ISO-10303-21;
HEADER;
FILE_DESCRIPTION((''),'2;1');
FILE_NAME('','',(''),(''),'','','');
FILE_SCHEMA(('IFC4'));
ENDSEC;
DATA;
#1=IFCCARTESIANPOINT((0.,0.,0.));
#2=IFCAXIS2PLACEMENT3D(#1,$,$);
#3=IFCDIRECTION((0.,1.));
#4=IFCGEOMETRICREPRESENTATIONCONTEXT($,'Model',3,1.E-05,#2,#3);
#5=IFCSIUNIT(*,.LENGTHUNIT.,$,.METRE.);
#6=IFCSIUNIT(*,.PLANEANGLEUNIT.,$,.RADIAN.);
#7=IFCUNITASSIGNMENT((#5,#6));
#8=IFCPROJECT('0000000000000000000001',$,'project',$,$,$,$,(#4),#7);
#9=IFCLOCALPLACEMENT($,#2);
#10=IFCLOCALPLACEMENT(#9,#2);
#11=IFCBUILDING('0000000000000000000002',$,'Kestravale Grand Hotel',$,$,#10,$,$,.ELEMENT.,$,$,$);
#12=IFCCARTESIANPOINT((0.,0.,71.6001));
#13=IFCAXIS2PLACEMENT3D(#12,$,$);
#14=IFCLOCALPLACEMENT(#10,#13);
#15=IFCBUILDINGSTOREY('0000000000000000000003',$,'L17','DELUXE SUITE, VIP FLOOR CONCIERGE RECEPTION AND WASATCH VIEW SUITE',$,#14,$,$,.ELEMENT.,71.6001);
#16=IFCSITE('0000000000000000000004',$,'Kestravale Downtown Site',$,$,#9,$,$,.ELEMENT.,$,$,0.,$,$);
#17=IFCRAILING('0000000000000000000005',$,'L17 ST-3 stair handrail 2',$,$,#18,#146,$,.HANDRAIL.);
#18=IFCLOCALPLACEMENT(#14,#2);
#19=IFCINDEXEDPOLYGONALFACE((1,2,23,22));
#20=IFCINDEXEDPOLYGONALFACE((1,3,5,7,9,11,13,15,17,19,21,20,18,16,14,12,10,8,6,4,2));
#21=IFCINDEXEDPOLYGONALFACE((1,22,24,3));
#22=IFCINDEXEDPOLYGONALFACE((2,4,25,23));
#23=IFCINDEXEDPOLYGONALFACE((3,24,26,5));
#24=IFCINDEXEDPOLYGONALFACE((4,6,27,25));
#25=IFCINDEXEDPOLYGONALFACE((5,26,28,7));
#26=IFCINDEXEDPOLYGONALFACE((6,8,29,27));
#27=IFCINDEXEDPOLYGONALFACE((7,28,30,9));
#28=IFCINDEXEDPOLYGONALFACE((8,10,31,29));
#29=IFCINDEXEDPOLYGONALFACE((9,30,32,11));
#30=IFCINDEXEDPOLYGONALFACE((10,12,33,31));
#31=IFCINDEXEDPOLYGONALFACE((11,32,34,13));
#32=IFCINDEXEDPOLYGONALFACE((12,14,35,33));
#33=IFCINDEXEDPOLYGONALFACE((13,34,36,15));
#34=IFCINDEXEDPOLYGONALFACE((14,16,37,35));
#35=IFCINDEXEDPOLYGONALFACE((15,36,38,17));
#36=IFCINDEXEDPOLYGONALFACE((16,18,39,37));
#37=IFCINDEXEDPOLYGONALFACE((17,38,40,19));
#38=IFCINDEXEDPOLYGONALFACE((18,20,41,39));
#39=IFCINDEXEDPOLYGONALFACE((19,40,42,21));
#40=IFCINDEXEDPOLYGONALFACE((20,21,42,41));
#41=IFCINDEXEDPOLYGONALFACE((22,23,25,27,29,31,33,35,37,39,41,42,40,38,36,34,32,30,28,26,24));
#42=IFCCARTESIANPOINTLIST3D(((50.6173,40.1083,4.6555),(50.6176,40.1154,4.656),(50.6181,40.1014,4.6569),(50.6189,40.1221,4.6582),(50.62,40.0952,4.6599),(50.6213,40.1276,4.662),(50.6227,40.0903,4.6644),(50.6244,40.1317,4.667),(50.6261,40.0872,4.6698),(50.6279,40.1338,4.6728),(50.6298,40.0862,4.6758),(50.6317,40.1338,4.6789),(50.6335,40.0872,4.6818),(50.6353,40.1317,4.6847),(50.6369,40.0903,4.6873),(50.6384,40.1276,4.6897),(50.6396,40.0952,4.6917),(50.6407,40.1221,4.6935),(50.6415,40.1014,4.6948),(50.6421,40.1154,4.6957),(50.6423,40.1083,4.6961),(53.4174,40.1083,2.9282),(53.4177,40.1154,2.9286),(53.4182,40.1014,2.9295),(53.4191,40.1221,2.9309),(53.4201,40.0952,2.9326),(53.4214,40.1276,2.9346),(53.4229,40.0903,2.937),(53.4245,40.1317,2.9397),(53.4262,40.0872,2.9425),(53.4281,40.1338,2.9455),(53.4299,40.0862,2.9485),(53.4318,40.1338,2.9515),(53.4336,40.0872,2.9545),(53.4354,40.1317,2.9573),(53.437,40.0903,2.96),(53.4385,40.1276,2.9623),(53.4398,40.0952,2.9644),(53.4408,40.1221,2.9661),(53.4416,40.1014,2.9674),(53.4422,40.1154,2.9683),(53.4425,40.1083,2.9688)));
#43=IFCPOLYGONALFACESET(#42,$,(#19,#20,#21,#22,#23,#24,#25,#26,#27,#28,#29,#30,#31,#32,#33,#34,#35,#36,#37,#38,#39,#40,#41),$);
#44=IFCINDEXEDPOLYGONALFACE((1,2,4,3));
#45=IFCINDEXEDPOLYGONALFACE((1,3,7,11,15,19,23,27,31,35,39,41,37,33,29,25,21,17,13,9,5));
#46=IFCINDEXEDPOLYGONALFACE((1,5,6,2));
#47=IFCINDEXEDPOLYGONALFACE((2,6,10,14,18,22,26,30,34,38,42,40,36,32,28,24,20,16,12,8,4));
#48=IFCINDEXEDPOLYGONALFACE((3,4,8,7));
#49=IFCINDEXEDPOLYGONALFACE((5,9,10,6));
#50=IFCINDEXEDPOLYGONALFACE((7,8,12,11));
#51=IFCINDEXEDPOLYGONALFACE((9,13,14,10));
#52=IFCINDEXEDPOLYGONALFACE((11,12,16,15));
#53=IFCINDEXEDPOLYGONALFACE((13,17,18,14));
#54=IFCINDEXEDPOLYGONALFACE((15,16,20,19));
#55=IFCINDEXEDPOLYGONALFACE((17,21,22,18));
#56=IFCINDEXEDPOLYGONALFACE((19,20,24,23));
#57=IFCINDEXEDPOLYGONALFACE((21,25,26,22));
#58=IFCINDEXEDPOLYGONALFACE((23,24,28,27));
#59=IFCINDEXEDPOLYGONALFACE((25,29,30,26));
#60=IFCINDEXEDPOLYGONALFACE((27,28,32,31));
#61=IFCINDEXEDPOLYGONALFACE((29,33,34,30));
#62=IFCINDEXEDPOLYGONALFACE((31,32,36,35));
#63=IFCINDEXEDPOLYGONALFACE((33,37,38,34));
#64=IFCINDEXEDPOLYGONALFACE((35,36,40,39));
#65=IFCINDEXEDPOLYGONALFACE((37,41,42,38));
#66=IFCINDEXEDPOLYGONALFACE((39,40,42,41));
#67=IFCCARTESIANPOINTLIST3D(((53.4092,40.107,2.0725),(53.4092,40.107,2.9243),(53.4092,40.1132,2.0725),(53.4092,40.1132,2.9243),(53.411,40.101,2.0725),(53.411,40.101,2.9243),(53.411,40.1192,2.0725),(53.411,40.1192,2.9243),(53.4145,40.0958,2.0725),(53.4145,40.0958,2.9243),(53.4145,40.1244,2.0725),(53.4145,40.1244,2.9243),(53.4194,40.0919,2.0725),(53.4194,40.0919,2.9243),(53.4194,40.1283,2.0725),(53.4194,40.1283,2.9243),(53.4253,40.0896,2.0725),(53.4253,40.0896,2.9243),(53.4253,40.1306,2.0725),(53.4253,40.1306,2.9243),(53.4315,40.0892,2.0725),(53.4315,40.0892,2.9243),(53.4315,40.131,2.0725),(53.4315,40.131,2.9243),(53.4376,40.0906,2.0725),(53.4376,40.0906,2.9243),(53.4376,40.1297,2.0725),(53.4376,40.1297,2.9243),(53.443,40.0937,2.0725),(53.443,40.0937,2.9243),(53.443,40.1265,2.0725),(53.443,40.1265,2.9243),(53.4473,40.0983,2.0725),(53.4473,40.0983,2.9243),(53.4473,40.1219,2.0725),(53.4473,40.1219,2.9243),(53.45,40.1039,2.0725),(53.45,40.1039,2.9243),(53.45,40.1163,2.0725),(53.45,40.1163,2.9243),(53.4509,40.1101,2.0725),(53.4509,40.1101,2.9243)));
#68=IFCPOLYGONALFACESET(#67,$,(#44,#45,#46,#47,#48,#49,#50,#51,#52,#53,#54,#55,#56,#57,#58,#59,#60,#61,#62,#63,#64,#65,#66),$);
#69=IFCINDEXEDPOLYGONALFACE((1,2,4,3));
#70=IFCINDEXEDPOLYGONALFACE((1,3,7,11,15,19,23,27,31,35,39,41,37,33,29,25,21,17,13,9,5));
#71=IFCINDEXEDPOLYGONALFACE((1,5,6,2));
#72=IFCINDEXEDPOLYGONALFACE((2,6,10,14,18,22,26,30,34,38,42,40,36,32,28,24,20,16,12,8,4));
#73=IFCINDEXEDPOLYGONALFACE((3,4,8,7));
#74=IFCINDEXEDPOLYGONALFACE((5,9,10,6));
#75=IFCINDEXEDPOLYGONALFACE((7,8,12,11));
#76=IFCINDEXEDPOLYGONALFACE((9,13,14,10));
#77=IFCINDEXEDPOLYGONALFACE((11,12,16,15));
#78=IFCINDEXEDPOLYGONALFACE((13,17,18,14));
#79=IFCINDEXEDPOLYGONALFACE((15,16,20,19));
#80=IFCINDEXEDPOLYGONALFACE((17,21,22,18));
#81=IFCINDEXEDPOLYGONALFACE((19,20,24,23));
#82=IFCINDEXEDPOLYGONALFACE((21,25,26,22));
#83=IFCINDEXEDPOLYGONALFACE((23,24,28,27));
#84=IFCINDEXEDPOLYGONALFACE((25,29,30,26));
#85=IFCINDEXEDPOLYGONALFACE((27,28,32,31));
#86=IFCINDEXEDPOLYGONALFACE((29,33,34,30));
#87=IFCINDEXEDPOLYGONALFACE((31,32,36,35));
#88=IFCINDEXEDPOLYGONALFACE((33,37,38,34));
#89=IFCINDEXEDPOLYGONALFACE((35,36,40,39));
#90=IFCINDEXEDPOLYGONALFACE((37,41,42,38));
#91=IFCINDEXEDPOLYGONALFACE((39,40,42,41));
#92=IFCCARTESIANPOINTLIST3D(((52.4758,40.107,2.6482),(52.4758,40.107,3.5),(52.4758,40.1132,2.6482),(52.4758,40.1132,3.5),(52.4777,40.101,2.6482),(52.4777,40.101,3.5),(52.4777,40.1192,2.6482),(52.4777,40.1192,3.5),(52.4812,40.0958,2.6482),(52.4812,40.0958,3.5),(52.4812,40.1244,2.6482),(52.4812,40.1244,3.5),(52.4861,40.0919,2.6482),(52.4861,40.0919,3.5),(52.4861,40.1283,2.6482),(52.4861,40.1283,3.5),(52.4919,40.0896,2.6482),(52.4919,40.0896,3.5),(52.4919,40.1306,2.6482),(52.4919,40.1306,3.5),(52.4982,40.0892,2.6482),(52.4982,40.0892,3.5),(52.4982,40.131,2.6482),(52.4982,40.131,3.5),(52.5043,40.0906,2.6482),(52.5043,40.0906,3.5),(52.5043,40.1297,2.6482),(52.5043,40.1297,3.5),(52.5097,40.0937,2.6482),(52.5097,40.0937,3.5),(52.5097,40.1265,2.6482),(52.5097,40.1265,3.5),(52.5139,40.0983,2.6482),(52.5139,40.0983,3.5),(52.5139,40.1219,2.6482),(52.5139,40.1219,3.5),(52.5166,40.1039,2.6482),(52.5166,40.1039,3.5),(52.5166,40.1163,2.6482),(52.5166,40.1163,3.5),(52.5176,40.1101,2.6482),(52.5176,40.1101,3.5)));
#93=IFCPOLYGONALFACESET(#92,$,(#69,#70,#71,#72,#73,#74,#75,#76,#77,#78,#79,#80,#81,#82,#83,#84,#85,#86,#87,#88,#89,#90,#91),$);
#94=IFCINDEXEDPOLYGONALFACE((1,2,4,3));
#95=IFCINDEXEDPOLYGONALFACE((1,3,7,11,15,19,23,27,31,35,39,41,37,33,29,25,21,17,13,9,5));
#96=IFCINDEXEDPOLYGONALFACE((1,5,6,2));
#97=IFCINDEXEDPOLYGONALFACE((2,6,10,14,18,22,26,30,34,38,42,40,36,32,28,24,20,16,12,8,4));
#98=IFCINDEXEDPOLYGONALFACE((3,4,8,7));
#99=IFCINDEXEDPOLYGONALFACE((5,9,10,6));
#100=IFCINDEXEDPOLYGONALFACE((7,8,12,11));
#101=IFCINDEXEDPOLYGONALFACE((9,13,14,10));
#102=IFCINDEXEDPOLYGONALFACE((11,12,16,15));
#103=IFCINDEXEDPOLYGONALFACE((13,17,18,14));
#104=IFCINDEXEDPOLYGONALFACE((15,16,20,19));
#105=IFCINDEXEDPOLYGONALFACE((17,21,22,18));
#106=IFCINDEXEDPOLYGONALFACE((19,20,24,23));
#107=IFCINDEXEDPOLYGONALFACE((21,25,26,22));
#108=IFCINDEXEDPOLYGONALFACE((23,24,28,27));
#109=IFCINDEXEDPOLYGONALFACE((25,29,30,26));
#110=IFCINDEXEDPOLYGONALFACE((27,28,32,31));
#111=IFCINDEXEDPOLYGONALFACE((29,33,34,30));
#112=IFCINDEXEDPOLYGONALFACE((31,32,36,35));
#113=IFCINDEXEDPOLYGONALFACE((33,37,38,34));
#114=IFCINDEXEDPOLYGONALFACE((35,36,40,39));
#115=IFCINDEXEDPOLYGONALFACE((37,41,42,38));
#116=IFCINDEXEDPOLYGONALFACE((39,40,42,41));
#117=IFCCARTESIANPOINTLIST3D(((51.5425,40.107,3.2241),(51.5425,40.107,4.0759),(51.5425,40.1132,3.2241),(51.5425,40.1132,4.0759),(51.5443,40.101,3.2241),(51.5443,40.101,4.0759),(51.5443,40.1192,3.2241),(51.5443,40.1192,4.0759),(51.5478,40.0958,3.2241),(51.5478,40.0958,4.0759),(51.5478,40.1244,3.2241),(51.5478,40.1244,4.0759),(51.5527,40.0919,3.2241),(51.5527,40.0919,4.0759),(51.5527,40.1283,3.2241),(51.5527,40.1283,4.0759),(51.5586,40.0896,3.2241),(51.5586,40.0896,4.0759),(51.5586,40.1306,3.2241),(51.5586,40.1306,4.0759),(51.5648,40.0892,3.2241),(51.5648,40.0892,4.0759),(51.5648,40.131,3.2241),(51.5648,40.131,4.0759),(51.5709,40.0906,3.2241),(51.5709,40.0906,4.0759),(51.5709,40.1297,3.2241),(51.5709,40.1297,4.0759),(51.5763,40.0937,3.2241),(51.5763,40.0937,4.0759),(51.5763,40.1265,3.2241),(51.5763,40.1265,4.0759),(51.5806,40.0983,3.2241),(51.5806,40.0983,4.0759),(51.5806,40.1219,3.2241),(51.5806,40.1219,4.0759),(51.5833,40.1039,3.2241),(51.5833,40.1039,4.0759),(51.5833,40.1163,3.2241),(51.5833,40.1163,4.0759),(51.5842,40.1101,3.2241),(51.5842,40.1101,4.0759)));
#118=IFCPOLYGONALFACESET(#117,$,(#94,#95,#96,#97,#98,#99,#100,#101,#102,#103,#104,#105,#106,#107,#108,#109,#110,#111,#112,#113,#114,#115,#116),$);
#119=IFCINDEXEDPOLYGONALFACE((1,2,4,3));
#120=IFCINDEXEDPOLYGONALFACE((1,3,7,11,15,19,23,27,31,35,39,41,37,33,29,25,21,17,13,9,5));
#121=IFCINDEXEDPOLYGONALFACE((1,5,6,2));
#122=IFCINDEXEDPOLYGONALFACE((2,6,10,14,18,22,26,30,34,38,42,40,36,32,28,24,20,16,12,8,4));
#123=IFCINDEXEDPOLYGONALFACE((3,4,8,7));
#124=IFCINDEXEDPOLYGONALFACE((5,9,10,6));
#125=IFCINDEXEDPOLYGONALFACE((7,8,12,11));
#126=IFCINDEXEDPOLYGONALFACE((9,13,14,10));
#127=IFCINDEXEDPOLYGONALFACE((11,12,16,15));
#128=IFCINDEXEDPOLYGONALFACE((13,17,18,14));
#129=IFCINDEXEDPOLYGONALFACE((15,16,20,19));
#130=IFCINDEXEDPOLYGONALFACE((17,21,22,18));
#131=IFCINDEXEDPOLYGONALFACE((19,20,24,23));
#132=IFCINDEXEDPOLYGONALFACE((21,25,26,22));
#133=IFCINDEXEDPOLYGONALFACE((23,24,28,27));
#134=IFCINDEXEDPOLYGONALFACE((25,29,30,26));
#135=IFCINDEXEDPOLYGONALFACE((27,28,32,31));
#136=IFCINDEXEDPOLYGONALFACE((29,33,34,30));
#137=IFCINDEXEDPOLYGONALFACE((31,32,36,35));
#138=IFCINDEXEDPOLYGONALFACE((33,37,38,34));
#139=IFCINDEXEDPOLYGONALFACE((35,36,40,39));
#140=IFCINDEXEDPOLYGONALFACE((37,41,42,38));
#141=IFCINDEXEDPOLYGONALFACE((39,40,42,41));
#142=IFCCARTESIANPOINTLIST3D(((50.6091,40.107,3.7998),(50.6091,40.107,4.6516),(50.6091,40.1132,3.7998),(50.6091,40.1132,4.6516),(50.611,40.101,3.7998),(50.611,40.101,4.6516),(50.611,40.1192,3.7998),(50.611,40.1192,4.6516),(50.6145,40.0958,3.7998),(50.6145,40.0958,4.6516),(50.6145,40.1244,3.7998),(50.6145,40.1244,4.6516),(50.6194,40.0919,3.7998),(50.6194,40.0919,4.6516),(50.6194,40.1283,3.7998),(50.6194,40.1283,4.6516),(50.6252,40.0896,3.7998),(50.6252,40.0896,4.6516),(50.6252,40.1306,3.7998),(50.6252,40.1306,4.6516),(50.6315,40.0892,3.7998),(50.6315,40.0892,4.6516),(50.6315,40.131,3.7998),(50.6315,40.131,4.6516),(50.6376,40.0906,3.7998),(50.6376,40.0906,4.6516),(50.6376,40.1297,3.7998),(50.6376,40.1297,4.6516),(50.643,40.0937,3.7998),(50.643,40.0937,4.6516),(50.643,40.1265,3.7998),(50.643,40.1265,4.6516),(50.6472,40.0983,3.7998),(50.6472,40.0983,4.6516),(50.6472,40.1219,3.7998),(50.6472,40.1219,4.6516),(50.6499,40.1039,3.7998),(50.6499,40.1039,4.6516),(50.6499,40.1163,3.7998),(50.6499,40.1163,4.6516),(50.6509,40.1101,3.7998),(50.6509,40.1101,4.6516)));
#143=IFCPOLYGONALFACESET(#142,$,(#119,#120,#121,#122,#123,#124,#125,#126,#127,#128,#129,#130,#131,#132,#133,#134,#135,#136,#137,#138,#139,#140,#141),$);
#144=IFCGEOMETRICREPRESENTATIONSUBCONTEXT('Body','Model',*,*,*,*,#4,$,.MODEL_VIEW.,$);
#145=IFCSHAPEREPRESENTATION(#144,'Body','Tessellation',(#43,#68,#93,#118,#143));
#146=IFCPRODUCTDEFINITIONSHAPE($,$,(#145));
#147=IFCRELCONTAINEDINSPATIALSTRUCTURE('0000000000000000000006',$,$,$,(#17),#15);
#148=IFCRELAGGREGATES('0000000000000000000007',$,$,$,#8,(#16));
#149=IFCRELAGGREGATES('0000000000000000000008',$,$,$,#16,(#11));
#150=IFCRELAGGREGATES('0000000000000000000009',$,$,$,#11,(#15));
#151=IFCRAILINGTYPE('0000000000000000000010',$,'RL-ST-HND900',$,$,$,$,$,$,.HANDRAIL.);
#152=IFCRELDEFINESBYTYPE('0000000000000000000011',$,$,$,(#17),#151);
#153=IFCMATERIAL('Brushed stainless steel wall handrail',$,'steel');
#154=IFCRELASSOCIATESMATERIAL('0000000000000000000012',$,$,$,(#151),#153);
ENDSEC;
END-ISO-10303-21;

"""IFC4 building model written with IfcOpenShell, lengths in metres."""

from ifc_helpers import new_model, si_unit, direction, frame, origin, origin_2d, place, context, subcontext, project, spatial, circle, extrude, material, type_object, element, save


model = new_model("IFC4")

# Units and contexts
model_context = context("Model", 3, precision=1e-05, world=origin(), true_north=direction((0.0, 1.0)))
body_context = subcontext(model_context, "Body", "Model", "MODEL_VIEW")
ifc_project = project(units=[si_unit("LENGTHUNIT", "METRE"), si_unit("PLANEANGLEUNIT", "RADIAN")], contexts=[model_context])

# Site, building, storey
site_placement = place(None, origin())
site = spatial("IfcSite", under=ifc_project, at=site_placement, Name="Kestravale Downtown Site", CompositionType="ELEMENT", RefElevation=0.0)
building_placement = place(site_placement, origin())
building = spatial("IfcBuilding", under=site, at=building_placement, Name="Kestravale Grand Hotel", CompositionType="ELEMENT")
storey_placement = place(building_placement, frame((0.0, 0.0, 71.6001)))
storey = spatial("IfcBuildingStorey", under=building, at=storey_placement, Name="L17", Description="DELUXE SUITE, VIP FLOOR CONCIERGE RECEPTION AND WASATCH VIEW SUITE", CompositionType="ELEMENT", Elevation=71.6001)

# Railing
ifc_material_1 = material(Name="Brushed stainless steel wall handrail", Category="steel")
railing_type_1 = type_object("IfcRailingType", Name="RL-ST-HND900", PredefinedType="HANDRAIL", material=ifc_material_1)
railing_1_placement = place(storey_placement, frame((53.4299, 40.1101, 2.0725)))
element("IfcRailing", 1, at=railing_1_placement, inside=storey, type_object=railing_type_1, Name="L17 ST-3 stair handrail 2", PredefinedType="HANDRAIL", context=body_context, shape_type="SweptSolid", body=[
    extrude(circle(Radius=0.0239, at=origin_2d()), frame((0.0, 0.0, 0.876), z_axis=(-0.85109, 0.0, 0.52502), x_axis=(0.0, -1.0, 0.0)), (0.0, 0.0, 1.0), 3.29),
    extrude(circle(Radius=0.021, at=origin_2d()), origin(), (0.0, 0.0, 1.0), 0.8518),
    extrude(circle(Radius=0.021, at=origin_2d()), frame((-0.9333, 0.0, 0.5757)), (0.0, 0.0, 1.0), 0.8518),
    extrude(circle(Radius=0.021, at=origin_2d()), frame((-1.8667, 0.0, 1.1516)), (0.0, 0.0, 1.0), 0.8518),
    extrude(circle(Radius=0.021, at=origin_2d()), frame((-2.8, 0.0, 1.7273)), (0.0, 0.0, 1.0), 0.8518),
])

save(model, "model.ifc")
